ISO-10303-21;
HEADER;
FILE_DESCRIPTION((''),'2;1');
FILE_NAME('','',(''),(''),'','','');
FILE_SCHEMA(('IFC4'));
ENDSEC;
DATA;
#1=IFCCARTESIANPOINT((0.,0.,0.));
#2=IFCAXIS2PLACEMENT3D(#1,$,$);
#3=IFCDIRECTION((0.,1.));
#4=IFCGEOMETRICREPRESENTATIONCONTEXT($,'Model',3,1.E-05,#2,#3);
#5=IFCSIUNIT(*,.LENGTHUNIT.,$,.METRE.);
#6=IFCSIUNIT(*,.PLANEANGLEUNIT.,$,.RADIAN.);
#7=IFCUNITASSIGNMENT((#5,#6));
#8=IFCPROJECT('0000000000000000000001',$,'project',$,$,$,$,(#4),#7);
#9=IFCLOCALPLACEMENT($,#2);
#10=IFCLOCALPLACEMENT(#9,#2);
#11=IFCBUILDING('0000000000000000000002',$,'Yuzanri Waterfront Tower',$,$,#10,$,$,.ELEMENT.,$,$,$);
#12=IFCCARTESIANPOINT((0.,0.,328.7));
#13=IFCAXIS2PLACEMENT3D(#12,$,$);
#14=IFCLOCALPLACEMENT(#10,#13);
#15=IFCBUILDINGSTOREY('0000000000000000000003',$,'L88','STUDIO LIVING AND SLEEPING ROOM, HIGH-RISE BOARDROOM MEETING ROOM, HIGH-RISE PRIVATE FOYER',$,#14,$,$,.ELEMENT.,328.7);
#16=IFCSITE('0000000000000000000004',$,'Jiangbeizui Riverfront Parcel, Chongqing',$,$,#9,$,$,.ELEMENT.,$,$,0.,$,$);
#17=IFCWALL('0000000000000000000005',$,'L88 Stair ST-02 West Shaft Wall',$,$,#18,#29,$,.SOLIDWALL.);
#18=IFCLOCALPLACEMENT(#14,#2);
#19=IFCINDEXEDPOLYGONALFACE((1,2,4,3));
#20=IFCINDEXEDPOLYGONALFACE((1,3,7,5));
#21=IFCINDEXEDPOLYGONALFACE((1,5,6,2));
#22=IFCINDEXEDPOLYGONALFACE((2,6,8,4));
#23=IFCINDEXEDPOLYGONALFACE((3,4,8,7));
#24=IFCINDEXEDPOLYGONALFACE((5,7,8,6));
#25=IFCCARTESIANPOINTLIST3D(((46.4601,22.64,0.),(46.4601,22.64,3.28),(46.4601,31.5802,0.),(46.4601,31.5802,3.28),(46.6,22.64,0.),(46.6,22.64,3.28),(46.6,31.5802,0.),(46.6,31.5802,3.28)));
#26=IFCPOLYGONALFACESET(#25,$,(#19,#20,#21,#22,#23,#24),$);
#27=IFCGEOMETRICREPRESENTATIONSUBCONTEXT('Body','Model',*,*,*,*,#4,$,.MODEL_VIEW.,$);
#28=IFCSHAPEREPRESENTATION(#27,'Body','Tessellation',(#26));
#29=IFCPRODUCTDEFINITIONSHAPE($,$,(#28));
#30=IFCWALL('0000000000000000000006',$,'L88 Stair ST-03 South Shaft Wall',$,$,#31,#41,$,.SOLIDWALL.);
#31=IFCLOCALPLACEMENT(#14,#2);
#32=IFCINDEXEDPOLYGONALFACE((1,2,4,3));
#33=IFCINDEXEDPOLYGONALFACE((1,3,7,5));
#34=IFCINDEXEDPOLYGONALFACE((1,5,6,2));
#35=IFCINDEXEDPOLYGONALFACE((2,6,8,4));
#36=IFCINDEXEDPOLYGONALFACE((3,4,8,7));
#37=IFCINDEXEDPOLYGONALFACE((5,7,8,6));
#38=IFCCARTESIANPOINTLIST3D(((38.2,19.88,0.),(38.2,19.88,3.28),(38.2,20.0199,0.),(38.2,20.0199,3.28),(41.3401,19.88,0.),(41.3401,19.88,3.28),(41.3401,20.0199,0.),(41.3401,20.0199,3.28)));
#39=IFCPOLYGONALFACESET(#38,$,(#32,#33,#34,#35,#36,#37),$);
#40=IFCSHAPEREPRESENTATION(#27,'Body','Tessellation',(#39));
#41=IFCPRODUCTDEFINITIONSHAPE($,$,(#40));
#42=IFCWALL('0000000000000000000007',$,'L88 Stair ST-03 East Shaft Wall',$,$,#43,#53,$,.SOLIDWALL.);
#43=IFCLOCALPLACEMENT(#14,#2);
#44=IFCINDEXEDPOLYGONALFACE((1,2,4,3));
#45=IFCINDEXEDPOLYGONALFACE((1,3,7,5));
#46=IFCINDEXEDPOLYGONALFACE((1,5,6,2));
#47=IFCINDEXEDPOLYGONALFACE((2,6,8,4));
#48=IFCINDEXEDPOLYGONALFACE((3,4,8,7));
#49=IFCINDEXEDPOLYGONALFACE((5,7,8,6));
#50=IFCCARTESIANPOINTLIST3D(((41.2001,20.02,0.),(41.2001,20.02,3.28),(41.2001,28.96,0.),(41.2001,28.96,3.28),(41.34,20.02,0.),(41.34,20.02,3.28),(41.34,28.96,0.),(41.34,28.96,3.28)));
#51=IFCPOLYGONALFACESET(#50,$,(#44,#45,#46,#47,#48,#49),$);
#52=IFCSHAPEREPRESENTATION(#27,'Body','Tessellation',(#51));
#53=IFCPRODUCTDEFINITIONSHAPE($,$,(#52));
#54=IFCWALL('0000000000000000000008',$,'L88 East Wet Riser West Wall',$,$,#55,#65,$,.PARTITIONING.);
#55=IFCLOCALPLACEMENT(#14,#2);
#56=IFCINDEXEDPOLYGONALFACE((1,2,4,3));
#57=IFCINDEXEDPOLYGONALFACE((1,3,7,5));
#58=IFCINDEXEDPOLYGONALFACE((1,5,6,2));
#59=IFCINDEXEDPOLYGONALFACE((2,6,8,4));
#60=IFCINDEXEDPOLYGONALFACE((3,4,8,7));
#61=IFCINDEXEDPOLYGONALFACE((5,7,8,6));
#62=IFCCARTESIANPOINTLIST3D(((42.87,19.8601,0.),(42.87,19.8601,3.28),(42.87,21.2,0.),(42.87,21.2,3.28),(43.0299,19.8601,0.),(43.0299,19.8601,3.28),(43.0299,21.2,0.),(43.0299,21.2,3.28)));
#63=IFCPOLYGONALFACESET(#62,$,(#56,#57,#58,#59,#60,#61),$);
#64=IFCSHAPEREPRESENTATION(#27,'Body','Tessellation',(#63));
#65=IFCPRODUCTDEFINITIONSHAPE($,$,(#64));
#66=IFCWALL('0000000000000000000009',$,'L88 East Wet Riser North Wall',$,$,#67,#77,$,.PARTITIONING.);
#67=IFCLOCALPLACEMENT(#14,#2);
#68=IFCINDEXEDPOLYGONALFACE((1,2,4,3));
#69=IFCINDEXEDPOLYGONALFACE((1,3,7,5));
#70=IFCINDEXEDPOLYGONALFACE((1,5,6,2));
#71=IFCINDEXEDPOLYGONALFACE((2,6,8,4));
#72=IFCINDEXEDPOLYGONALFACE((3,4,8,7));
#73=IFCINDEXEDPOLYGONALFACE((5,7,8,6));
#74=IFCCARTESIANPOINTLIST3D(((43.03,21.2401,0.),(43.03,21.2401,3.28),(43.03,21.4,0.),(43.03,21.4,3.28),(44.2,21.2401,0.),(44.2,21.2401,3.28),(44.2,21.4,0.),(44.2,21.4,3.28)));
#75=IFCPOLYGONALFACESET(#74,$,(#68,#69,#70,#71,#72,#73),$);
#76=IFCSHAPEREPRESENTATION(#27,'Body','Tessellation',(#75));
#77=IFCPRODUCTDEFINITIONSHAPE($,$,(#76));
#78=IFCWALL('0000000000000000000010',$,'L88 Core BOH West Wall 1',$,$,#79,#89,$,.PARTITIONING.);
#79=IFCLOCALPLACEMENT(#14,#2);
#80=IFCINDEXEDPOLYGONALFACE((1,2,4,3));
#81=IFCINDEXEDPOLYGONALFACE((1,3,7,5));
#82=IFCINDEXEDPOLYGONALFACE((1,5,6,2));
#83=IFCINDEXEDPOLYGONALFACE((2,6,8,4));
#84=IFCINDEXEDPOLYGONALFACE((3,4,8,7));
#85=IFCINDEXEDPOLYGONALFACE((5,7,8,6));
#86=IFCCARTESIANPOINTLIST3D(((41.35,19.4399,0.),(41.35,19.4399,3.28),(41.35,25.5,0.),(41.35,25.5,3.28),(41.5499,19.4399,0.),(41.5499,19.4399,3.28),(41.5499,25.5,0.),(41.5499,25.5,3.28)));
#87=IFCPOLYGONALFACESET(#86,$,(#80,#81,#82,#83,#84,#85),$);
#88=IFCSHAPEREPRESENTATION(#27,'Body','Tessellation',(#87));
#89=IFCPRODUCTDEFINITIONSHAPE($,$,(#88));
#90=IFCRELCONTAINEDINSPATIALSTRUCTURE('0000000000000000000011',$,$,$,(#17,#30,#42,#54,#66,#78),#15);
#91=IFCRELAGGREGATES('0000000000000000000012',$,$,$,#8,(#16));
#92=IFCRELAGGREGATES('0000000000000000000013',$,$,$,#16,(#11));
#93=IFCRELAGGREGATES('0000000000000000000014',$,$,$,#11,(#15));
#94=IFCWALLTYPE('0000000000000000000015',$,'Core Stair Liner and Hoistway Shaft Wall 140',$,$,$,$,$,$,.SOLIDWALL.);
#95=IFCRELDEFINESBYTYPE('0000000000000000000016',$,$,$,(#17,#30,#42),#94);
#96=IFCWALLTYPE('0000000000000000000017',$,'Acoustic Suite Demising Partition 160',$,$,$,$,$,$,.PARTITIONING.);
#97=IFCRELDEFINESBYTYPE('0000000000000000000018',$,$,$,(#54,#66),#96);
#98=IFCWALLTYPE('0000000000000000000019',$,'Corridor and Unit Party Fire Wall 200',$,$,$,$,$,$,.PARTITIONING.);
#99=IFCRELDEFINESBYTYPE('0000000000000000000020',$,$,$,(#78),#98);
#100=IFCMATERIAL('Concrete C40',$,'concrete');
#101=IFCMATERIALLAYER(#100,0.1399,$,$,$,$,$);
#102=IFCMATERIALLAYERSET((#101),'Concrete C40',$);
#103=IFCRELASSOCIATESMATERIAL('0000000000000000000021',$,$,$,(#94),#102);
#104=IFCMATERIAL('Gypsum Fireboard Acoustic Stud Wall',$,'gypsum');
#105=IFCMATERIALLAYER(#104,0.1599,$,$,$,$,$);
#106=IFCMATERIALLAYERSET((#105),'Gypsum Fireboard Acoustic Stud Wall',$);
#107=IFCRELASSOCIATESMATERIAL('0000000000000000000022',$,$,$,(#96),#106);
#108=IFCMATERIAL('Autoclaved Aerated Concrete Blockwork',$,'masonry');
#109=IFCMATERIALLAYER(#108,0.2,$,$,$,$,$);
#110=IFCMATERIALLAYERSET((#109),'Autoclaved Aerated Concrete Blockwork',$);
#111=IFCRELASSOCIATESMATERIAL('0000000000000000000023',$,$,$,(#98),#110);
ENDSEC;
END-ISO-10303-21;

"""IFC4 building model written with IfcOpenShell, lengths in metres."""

from ifc_helpers import new_model, si_unit, direction, frame, frame_2d, origin, place, context, subcontext, project, spatial, rectangle, extrude, source, transform, mapped, material, layer, layer_set, type_object, element, save


model = new_model("IFC4")

# Units and contexts
model_context = context("Model", 3, precision=1e-05, world=origin(), true_north=direction((0.0, 1.0)))
body_context = subcontext(model_context, "Body", "Model", "MODEL_VIEW")
ifc_project = project(units=[si_unit("LENGTHUNIT", "METRE"), si_unit("PLANEANGLEUNIT", "RADIAN")], contexts=[model_context])

# Site, building, storey
site_placement = place(None, origin())
site = spatial("IfcSite", under=ifc_project, at=site_placement, Name="Jiangbeizui Riverfront Parcel, Chongqing", CompositionType="ELEMENT", RefElevation=0.0)
building_placement = place(site_placement, origin())
building = spatial("IfcBuilding", under=site, at=building_placement, Name="Yuzanri Waterfront Tower", CompositionType="ELEMENT")
storey_placement = place(building_placement, frame((0.0, 0.0, 328.7)))
storey = spatial("IfcBuildingStorey", under=building, at=storey_placement, Name="L88", Description="STUDIO LIVING AND SLEEPING ROOM, HIGH-RISE BOARDROOM MEETING ROOM, HIGH-RISE PRIVATE FOYER", CompositionType="ELEMENT", Elevation=328.7)

# Shared definitions
ifc_material_1 = material(Name="Concrete C40", Category="concrete")
ifc_layer_1 = layer(ifc_material_1, 0.1399)
ifc_layer_set_1 = layer_set([ifc_layer_1], Name="Concrete C40")
wall_type_1 = type_object("IfcWallType", Name="Core Stair Liner and Hoistway Shaft Wall 140", PredefinedType="SOLIDWALL", material=ifc_layer_set_1)

# Walls
shared_shape_1 = source(origin(), body_context, "Body", "SweptSolid", [
    extrude(rectangle(XDim=8.9402, YDim=0.1399, at=frame_2d((4.4702, 0.0))), origin(), (0.0, 0.0, 1.0), 3.28),
])
wall_1_placement = place(storey_placement, frame((46.53, 22.6399, 0.0), z_axis=(0.0, 0.0, 1.0), x_axis=(0.0, 1.0, 0.0)))
element("IfcWall", 1, at=wall_1_placement, inside=storey, type_object=wall_type_1, Name="L88 Stair ST-02 West Shaft Wall", PredefinedType="SOLIDWALL", context=body_context, shape_type="MappedRepresentation", body=[
    mapped(shared_shape_1, transform((0.0, 0.0, 0.0), scale=1.0)),
])
shared_shape_2 = source(origin(), body_context, "Body", "SweptSolid", [
    extrude(rectangle(XDim=3.1401, YDim=0.1399, at=frame_2d((1.5701, 0.0))), origin(), (0.0, 0.0, 1.0), 3.28),
])
wall_2_placement = place(storey_placement, frame((38.2, 19.95, 0.0), z_axis=(0.0, 0.0, 1.0), x_axis=(1.0, 0.0, 0.0)))
element("IfcWall", 2, at=wall_2_placement, inside=storey, type_object=wall_type_1, Name="L88 Stair ST-03 South Shaft Wall", PredefinedType="SOLIDWALL", context=body_context, shape_type="MappedRepresentation", body=[
    mapped(shared_shape_2, transform((0.0, 0.0, 0.0), scale=1.0)),
])
shared_shape_3 = source(origin(), body_context, "Body", "SweptSolid", [
    extrude(rectangle(XDim=8.9399, YDim=0.1399, at=frame_2d((4.47, 0.0))), origin(), (0.0, 0.0, 1.0), 3.28),
])
wall_3_placement = place(storey_placement, frame((41.27, 20.02, 0.0), z_axis=(0.0, 0.0, 1.0), x_axis=(0.0, 1.0, 0.0)))
element("IfcWall", 3, at=wall_3_placement, inside=storey, type_object=wall_type_1, Name="L88 Stair ST-03 East Shaft Wall", PredefinedType="SOLIDWALL", context=body_context, shape_type="MappedRepresentation", body=[
    mapped(shared_shape_3, transform((0.0, 0.0, 0.0), scale=1.0)),
])
ifc_material_2 = material(Name="Gypsum Fireboard Acoustic Stud Wall", Category="gypsum")
ifc_layer_2 = layer(ifc_material_2, 0.1599)
ifc_layer_set_2 = layer_set([ifc_layer_2], Name="Gypsum Fireboard Acoustic Stud Wall")
wall_type_2 = type_object("IfcWallType", Name="Acoustic Suite Demising Partition 160", PredefinedType="PARTITIONING", material=ifc_layer_set_2)
shared_shape_4 = source(origin(), body_context, "Body", "SweptSolid", [
    extrude(rectangle(XDim=1.3398, YDim=0.1599, at=frame_2d((0.6699, 0.0))), origin(), (0.0, 0.0, 1.0), 3.28),
])
wall_4_placement = place(storey_placement, frame((42.95, 19.8601, 0.0), z_axis=(0.0, 0.0, 1.0), x_axis=(0.0, 1.0, 0.0)))
element("IfcWall", 4, at=wall_4_placement, inside=storey, type_object=wall_type_2, Name="L88 East Wet Riser West Wall", PredefinedType="PARTITIONING", context=body_context, shape_type="MappedRepresentation", body=[
    mapped(shared_shape_4, transform((0.0, 0.0, 0.0), scale=1.0)),
])
shared_shape_5 = source(origin(), body_context, "Body", "SweptSolid", [
    extrude(rectangle(XDim=1.1699, YDim=0.1599, at=frame_2d((0.585, 0.0))), origin(), (0.0, 0.0, 1.0), 3.28),
])
wall_5_placement = place(storey_placement, frame((43.03, 21.3201, 0.0), z_axis=(0.0, 0.0, 1.0), x_axis=(1.0, 0.0, 0.0)))
element("IfcWall", 5, at=wall_5_placement, inside=storey, type_object=wall_type_2, Name="L88 East Wet Riser North Wall", PredefinedType="PARTITIONING", context=body_context, shape_type="MappedRepresentation", body=[
    mapped(shared_shape_5, transform((0.0, 0.0, 0.0), scale=1.0)),
])
ifc_material_3 = material(Name="Autoclaved Aerated Concrete Blockwork", Category="masonry")
ifc_layer_3 = layer(ifc_material_3, 0.2)
ifc_layer_set_3 = layer_set([ifc_layer_3], Name="Autoclaved Aerated Concrete Blockwork")
wall_type_3 = type_object("IfcWallType", Name="Corridor and Unit Party Fire Wall 200", PredefinedType="PARTITIONING", material=ifc_layer_set_3)
shared_shape_6 = source(origin(), body_context, "Body", "SweptSolid", [
    extrude(rectangle(XDim=6.0601, YDim=0.2, at=frame_2d((3.03, 0.0))), origin(), (0.0, 0.0, 1.0), 3.28),
])
wall_6_placement = place(storey_placement, frame((41.45, 19.4399, 0.0), z_axis=(0.0, 0.0, 1.0), x_axis=(0.0, 1.0, 0.0)))
element("IfcWall", 6, at=wall_6_placement, inside=storey, type_object=wall_type_3, Name="L88 Core BOH West Wall 1", PredefinedType="PARTITIONING", context=body_context, shape_type="MappedRepresentation", body=[
    mapped(shared_shape_6, transform((0.0, 0.0, 0.0), scale=1.0)),
])

save(model, "model.ifc")
